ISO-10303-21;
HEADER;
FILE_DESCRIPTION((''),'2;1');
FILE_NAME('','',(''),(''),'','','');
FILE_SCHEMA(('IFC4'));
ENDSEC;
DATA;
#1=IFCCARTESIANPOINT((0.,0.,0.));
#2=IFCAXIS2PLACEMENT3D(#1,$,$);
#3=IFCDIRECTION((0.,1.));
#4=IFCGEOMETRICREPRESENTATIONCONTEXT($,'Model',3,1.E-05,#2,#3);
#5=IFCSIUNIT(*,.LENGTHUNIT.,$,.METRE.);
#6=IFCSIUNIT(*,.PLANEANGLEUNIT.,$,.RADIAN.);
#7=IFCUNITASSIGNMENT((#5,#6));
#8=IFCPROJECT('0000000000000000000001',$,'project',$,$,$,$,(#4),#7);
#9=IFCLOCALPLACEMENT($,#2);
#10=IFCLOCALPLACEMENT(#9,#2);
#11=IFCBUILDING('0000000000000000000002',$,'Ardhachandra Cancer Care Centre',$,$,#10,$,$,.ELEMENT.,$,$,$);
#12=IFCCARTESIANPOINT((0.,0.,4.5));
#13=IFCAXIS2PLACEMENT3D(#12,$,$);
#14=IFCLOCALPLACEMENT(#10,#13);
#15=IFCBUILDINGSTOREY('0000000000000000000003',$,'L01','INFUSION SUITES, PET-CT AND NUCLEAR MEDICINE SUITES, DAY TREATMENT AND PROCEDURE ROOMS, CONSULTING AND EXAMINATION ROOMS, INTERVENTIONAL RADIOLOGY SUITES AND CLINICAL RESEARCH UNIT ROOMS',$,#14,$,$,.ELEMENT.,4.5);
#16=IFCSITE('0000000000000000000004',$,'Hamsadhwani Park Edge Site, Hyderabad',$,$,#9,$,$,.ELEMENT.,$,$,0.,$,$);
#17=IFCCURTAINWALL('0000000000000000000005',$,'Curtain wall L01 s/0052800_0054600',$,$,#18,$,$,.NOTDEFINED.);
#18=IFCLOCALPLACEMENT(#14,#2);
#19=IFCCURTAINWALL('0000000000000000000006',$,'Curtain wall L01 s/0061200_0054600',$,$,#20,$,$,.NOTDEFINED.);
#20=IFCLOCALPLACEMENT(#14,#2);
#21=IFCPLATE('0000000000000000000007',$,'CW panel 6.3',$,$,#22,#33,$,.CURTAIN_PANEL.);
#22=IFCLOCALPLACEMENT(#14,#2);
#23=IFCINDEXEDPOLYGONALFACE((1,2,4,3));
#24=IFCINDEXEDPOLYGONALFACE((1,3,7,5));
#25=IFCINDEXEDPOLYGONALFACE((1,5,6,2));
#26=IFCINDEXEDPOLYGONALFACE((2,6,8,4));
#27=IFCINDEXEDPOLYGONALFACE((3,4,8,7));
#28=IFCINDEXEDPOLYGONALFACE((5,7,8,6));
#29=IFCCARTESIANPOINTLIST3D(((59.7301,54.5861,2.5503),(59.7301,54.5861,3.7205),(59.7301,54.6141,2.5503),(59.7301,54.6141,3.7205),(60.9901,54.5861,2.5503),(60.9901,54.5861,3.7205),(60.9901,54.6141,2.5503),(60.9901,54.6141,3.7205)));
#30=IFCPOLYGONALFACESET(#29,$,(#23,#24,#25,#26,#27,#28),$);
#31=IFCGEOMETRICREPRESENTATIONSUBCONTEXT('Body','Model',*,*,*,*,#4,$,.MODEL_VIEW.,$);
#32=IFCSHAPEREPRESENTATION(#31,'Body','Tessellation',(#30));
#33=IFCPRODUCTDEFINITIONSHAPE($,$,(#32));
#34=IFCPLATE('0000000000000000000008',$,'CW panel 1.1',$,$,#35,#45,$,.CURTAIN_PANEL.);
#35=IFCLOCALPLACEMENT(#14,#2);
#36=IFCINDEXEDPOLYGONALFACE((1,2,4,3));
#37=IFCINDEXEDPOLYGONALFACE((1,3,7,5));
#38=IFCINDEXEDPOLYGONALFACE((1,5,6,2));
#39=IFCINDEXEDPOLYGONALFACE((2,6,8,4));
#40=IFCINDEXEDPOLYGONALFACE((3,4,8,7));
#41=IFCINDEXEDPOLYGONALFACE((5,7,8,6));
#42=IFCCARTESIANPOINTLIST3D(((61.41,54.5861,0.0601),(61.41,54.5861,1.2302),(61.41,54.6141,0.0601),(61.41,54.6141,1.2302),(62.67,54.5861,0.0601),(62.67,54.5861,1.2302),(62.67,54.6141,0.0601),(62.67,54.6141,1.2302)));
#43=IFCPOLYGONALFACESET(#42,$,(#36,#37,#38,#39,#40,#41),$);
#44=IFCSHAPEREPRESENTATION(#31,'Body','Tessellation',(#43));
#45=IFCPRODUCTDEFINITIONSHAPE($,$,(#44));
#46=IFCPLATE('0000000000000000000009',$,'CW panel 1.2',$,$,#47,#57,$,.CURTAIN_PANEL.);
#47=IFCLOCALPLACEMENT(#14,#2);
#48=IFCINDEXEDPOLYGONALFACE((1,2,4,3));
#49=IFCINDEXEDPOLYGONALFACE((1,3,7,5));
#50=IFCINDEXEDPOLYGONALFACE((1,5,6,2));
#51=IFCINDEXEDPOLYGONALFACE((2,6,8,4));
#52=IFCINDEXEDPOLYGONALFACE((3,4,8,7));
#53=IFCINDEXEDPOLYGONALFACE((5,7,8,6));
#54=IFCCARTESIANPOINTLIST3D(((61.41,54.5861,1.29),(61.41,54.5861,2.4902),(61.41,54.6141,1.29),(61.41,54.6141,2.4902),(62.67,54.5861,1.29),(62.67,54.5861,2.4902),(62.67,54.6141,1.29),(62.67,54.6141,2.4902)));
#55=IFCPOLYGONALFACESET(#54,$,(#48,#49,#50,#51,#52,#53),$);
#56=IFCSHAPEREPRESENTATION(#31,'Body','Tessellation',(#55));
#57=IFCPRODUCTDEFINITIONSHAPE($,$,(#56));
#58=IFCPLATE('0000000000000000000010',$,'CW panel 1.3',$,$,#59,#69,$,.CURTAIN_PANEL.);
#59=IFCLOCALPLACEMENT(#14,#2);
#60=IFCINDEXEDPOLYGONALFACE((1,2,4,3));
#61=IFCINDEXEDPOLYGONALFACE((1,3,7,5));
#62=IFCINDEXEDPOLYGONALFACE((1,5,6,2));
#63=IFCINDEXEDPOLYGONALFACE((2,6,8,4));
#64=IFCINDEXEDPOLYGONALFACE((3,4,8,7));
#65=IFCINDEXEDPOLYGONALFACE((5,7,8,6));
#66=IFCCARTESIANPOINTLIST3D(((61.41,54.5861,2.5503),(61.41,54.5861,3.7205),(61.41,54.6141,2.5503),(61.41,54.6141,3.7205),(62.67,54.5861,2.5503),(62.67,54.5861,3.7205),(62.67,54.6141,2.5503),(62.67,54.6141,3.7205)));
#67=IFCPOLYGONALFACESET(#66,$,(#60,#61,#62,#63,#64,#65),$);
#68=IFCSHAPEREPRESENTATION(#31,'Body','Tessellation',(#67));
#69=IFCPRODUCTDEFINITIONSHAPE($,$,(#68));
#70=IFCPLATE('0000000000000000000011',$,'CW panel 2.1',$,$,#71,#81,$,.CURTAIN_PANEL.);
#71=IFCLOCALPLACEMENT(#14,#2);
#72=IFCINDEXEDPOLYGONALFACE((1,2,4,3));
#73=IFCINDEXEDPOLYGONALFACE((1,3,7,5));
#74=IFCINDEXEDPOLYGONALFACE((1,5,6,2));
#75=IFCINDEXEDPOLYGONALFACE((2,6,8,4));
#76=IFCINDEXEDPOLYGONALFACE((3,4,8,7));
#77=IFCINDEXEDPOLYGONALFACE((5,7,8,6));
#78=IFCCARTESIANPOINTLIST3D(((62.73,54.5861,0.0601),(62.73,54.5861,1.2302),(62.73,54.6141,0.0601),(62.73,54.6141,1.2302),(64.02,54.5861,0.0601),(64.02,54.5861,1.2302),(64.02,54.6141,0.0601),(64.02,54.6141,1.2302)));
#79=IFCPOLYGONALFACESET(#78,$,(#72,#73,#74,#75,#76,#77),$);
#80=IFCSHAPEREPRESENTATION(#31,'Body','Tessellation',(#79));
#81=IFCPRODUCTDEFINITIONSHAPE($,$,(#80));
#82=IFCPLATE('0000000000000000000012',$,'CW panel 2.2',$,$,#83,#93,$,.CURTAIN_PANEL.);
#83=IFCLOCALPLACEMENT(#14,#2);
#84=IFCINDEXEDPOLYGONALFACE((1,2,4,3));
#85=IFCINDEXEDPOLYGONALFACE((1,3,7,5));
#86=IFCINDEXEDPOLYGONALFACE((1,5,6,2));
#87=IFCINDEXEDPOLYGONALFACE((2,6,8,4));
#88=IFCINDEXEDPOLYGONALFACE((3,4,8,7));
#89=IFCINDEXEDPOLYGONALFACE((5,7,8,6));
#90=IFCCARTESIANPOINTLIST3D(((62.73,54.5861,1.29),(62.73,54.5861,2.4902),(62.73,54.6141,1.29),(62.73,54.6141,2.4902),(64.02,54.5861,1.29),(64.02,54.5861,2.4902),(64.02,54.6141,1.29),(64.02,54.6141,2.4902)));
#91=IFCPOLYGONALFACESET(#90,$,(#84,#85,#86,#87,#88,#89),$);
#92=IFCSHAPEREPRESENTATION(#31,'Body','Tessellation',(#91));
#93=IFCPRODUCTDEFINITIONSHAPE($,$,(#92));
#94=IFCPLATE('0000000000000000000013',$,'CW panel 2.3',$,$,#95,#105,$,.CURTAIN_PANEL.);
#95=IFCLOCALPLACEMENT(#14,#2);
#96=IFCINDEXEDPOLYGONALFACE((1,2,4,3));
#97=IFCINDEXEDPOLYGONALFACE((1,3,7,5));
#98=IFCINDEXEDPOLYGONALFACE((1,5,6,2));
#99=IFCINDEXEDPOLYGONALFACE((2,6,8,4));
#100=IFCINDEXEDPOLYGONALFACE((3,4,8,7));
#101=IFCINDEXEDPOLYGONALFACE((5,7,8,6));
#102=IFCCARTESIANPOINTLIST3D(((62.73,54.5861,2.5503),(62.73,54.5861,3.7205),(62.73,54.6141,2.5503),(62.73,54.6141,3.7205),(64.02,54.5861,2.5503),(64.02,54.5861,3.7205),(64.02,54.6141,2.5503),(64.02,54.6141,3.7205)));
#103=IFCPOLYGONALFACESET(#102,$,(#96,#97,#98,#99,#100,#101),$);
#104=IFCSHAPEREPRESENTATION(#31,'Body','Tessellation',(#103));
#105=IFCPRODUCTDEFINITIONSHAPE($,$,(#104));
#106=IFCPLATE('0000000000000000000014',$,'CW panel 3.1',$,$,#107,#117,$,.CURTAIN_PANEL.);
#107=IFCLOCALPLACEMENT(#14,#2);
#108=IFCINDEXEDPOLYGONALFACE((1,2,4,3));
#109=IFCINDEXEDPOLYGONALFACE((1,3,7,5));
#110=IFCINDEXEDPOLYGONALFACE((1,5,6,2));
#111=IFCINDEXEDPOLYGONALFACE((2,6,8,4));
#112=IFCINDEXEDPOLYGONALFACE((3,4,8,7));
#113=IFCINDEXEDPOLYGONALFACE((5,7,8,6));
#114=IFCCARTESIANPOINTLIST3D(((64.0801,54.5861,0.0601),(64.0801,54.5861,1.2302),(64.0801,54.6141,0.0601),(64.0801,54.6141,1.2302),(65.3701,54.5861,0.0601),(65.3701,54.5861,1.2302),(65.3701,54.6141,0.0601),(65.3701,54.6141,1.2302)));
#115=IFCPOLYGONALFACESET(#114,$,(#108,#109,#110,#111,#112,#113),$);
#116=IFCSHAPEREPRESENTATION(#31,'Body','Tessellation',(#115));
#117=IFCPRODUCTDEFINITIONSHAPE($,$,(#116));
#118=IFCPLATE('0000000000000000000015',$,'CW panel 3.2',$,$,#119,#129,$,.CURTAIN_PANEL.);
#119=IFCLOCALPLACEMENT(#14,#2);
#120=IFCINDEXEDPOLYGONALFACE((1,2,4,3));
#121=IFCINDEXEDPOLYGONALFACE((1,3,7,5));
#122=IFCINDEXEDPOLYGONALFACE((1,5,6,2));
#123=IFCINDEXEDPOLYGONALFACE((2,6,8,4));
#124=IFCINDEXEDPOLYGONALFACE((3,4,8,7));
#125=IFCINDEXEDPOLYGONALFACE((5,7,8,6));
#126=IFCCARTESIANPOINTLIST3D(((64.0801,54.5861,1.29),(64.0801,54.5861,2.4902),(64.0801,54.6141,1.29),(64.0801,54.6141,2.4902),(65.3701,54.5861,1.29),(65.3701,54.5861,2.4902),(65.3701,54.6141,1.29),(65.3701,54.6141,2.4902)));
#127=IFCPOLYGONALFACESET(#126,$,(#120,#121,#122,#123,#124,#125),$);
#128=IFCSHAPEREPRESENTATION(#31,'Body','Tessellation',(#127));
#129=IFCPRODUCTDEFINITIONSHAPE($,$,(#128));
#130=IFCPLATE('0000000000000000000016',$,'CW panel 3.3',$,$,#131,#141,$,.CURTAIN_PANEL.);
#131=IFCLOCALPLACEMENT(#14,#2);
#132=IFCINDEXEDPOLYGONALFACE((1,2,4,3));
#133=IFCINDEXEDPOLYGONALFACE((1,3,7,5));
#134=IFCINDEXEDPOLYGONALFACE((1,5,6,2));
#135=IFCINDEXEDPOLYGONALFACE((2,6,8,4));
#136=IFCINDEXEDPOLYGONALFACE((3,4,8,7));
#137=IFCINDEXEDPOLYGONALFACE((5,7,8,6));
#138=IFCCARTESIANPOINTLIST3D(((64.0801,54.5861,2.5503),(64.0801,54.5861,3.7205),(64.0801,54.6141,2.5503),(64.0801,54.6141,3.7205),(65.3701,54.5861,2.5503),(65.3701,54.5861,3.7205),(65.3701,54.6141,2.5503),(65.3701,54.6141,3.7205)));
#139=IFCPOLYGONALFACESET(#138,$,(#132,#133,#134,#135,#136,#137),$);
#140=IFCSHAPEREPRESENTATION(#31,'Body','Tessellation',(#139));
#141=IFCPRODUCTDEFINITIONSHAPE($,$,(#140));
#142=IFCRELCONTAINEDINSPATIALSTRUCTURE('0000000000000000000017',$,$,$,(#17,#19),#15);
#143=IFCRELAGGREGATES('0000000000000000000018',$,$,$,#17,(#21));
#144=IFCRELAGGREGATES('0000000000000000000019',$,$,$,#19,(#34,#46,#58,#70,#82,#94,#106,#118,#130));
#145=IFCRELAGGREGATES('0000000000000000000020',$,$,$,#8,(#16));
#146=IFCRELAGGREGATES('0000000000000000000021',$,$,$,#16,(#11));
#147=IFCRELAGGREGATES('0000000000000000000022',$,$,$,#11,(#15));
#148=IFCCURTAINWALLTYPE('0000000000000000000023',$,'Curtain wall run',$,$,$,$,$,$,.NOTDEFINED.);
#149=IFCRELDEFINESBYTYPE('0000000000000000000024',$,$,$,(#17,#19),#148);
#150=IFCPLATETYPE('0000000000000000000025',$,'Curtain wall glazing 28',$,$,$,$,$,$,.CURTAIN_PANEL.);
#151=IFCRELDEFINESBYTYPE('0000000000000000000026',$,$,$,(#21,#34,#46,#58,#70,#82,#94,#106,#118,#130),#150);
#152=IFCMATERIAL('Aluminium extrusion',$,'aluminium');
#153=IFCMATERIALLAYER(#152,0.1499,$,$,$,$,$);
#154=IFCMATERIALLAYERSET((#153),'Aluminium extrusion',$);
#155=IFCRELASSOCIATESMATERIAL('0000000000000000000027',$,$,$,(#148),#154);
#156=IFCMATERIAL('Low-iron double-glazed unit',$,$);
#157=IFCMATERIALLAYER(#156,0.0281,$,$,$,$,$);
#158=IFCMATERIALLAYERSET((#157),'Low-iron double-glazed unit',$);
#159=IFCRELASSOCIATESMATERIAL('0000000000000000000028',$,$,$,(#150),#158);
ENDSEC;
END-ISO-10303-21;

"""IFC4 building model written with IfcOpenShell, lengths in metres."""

from ifc_helpers import new_model, si_unit, direction, frame, origin, origin_2d, place, context, subcontext, project, spatial, rectangle, extrude, material, layer, layer_set, type_object, element, aggregate, save


model = new_model("IFC4")

# Units and contexts
model_context = context("Model", 3, precision=1e-05, world=origin(), true_north=direction((0.0, 1.0)))
body_context = subcontext(model_context, "Body", "Model", "MODEL_VIEW")
ifc_project = project(units=[si_unit("LENGTHUNIT", "METRE"), si_unit("PLANEANGLEUNIT", "RADIAN")], contexts=[model_context])

# Site, building, storey
site_placement = place(None, origin())
site = spatial("IfcSite", under=ifc_project, at=site_placement, Name="Hamsadhwani Park Edge Site, Hyderabad", CompositionType="ELEMENT", RefElevation=0.0)
building_placement = place(site_placement, origin())
building = spatial("IfcBuilding", under=site, at=building_placement, Name="Ardhachandra Cancer Care Centre", CompositionType="ELEMENT")
storey_placement = place(building_placement, frame((0.0, 0.0, 4.5)))
storey = spatial("IfcBuildingStorey", under=building, at=storey_placement, Name="L01", Description="INFUSION SUITES, PET-CT AND NUCLEAR MEDICINE SUITES, DAY TREATMENT AND PROCEDURE ROOMS, CONSULTING AND EXAMINATION ROOMS, INTERVENTIONAL RADIOLOGY SUITES AND CLINICAL RESEARCH UNIT ROOMS", CompositionType="ELEMENT", Elevation=4.5)

# Curtain walls
ifc_material_1 = material(Name="Aluminium extrusion", Category="aluminium")
ifc_layer_1 = layer(ifc_material_1, 0.1499)
ifc_layer_set_1 = layer_set([ifc_layer_1], Name="Aluminium extrusion")
curtain_wall_type = type_object("IfcCurtainWallType", Name="Curtain wall run", PredefinedType="NOTDEFINED", material=ifc_layer_set_1)
curtain_wall_1_placement = place(storey_placement, origin())
curtain_wall_1 = element("IfcCurtainWall", 1, at=curtain_wall_1_placement, inside=storey, type_object=curtain_wall_type, Name="Curtain wall L01 s/0052800_0054600", PredefinedType="NOTDEFINED")
curtain_wall_2_placement = place(storey_placement, origin())
curtain_wall_2 = element("IfcCurtainWall", 2, at=curtain_wall_2_placement, inside=storey, type_object=curtain_wall_type, Name="Curtain wall L01 s/0061200_0054600", PredefinedType="NOTDEFINED")

# Plates
ifc_material_2 = material(Name="Low-iron double-glazed unit")
ifc_layer_2 = layer(ifc_material_2, 0.0281)
ifc_layer_set_2 = layer_set([ifc_layer_2], Name="Low-iron double-glazed unit")
plate_type = type_object("IfcPlateType", Name="Curtain wall glazing 28", PredefinedType="CURTAIN_PANEL", material=ifc_layer_set_2)
plate_1_placement = place(storey_placement, frame((60.3601, 54.6001, 2.5503), z_axis=(0.0, 0.0, 1.0), x_axis=(1.0, 0.0, 0.0)))
plate_1 = element("IfcPlate", 3, at=plate_1_placement, type_object=plate_type, Name="CW panel 6.3", PredefinedType="CURTAIN_PANEL", context=body_context, shape_type="SweptSolid", body=[
    extrude(rectangle(XDim=1.26, YDim=0.0281, at=origin_2d()), origin(), (0.0, 0.0, 1.0), 1.1702),
])
aggregate(curtain_wall_1, [plate_1])
plate_2_placement = place(storey_placement, frame((62.04, 54.6001, 0.0601), z_axis=(0.0, 0.0, 1.0), x_axis=(1.0, 0.0, 0.0)))
plate_2 = element("IfcPlate", 4, at=plate_2_placement, type_object=plate_type, Name="CW panel 1.1", PredefinedType="CURTAIN_PANEL", context=body_context, shape_type="SweptSolid", body=[
    extrude(rectangle(XDim=1.26, YDim=0.0281, at=origin_2d()), origin(), (0.0, 0.0, 1.0), 1.1702),
])
plate_3_placement = place(storey_placement, frame((62.04, 54.6001, 1.29), z_axis=(0.0, 0.0, 1.0), x_axis=(1.0, 0.0, 0.0)))
plate_3 = element("IfcPlate", 5, at=plate_3_placement, type_object=plate_type, Name="CW panel 1.2", PredefinedType="CURTAIN_PANEL", context=body_context, shape_type="SweptSolid", body=[
    extrude(rectangle(XDim=1.26, YDim=0.0281, at=origin_2d()), origin(), (0.0, 0.0, 1.0), 1.2002),
])
plate_4_placement = place(storey_placement, frame((62.04, 54.6001, 2.5503), z_axis=(0.0, 0.0, 1.0), x_axis=(1.0, 0.0, 0.0)))
plate_4 = element("IfcPlate", 6, at=plate_4_placement, type_object=plate_type, Name="CW panel 1.3", PredefinedType="CURTAIN_PANEL", context=body_context, shape_type="SweptSolid", body=[
    extrude(rectangle(XDim=1.26, YDim=0.0281, at=origin_2d()), origin(), (0.0, 0.0, 1.0), 1.1702),
])
plate_5_placement = place(storey_placement, frame((63.375, 54.6001, 0.0601), z_axis=(0.0, 0.0, 1.0), x_axis=(1.0, 0.0, 0.0)))
plate_5 = element("IfcPlate", 7, at=plate_5_placement, type_object=plate_type, Name="CW panel 2.1", PredefinedType="CURTAIN_PANEL", context=body_context, shape_type="SweptSolid", body=[
    extrude(rectangle(XDim=1.29, YDim=0.0281, at=origin_2d()), origin(), (0.0, 0.0, 1.0), 1.1702),
])
plate_6_placement = place(storey_placement, frame((63.375, 54.6001, 1.29), z_axis=(0.0, 0.0, 1.0), x_axis=(1.0, 0.0, 0.0)))
plate_6 = element("IfcPlate", 8, at=plate_6_placement, type_object=plate_type, Name="CW panel 2.2", PredefinedType="CURTAIN_PANEL", context=body_context, shape_type="SweptSolid", body=[
    extrude(rectangle(XDim=1.29, YDim=0.0281, at=origin_2d()), origin(), (0.0, 0.0, 1.0), 1.2002),
])
plate_7_placement = place(storey_placement, frame((63.375, 54.6001, 2.5503), z_axis=(0.0, 0.0, 1.0), x_axis=(1.0, 0.0, 0.0)))
plate_7 = element("IfcPlate", 9, at=plate_7_placement, type_object=plate_type, Name="CW panel 2.3", PredefinedType="CURTAIN_PANEL", context=body_context, shape_type="SweptSolid", body=[
    extrude(rectangle(XDim=1.29, YDim=0.0281, at=origin_2d()), origin(), (0.0, 0.0, 1.0), 1.1702),
])
plate_8_placement = place(storey_placement, frame((64.7251, 54.6001, 0.0601), z_axis=(0.0, 0.0, 1.0), x_axis=(1.0, 0.0, 0.0)))
plate_8 = element("IfcPlate", 10, at=plate_8_placement, type_object=plate_type, Name="CW panel 3.1", PredefinedType="CURTAIN_PANEL", context=body_context, shape_type="SweptSolid", body=[
    extrude(rectangle(XDim=1.29, YDim=0.0281, at=origin_2d()), origin(), (0.0, 0.0, 1.0), 1.1702),
])
plate_9_placement = place(storey_placement, frame((64.7251, 54.6001, 1.29), z_axis=(0.0, 0.0, 1.0), x_axis=(1.0, 0.0, 0.0)))
plate_9 = element("IfcPlate", 11, at=plate_9_placement, type_object=plate_type, Name="CW panel 3.2", PredefinedType="CURTAIN_PANEL", context=body_context, shape_type="SweptSolid", body=[
    extrude(rectangle(XDim=1.29, YDim=0.0281, at=origin_2d()), origin(), (0.0, 0.0, 1.0), 1.2002),
])
plate_10_placement = place(storey_placement, frame((64.7251, 54.6001, 2.5503), z_axis=(0.0, 0.0, 1.0), x_axis=(1.0, 0.0, 0.0)))
plate_10 = element("IfcPlate", 12, at=plate_10_placement, type_object=plate_type, Name="CW panel 3.3", PredefinedType="CURTAIN_PANEL", context=body_context, shape_type="SweptSolid", body=[
    extrude(rectangle(XDim=1.29, YDim=0.0281, at=origin_2d()), origin(), (0.0, 0.0, 1.0), 1.1702),
])
aggregate(curtain_wall_2, [plate_2, plate_3, plate_4, plate_5, plate_6, plate_7, plate_8, plate_9, plate_10])

save(model, "model.ifc")
